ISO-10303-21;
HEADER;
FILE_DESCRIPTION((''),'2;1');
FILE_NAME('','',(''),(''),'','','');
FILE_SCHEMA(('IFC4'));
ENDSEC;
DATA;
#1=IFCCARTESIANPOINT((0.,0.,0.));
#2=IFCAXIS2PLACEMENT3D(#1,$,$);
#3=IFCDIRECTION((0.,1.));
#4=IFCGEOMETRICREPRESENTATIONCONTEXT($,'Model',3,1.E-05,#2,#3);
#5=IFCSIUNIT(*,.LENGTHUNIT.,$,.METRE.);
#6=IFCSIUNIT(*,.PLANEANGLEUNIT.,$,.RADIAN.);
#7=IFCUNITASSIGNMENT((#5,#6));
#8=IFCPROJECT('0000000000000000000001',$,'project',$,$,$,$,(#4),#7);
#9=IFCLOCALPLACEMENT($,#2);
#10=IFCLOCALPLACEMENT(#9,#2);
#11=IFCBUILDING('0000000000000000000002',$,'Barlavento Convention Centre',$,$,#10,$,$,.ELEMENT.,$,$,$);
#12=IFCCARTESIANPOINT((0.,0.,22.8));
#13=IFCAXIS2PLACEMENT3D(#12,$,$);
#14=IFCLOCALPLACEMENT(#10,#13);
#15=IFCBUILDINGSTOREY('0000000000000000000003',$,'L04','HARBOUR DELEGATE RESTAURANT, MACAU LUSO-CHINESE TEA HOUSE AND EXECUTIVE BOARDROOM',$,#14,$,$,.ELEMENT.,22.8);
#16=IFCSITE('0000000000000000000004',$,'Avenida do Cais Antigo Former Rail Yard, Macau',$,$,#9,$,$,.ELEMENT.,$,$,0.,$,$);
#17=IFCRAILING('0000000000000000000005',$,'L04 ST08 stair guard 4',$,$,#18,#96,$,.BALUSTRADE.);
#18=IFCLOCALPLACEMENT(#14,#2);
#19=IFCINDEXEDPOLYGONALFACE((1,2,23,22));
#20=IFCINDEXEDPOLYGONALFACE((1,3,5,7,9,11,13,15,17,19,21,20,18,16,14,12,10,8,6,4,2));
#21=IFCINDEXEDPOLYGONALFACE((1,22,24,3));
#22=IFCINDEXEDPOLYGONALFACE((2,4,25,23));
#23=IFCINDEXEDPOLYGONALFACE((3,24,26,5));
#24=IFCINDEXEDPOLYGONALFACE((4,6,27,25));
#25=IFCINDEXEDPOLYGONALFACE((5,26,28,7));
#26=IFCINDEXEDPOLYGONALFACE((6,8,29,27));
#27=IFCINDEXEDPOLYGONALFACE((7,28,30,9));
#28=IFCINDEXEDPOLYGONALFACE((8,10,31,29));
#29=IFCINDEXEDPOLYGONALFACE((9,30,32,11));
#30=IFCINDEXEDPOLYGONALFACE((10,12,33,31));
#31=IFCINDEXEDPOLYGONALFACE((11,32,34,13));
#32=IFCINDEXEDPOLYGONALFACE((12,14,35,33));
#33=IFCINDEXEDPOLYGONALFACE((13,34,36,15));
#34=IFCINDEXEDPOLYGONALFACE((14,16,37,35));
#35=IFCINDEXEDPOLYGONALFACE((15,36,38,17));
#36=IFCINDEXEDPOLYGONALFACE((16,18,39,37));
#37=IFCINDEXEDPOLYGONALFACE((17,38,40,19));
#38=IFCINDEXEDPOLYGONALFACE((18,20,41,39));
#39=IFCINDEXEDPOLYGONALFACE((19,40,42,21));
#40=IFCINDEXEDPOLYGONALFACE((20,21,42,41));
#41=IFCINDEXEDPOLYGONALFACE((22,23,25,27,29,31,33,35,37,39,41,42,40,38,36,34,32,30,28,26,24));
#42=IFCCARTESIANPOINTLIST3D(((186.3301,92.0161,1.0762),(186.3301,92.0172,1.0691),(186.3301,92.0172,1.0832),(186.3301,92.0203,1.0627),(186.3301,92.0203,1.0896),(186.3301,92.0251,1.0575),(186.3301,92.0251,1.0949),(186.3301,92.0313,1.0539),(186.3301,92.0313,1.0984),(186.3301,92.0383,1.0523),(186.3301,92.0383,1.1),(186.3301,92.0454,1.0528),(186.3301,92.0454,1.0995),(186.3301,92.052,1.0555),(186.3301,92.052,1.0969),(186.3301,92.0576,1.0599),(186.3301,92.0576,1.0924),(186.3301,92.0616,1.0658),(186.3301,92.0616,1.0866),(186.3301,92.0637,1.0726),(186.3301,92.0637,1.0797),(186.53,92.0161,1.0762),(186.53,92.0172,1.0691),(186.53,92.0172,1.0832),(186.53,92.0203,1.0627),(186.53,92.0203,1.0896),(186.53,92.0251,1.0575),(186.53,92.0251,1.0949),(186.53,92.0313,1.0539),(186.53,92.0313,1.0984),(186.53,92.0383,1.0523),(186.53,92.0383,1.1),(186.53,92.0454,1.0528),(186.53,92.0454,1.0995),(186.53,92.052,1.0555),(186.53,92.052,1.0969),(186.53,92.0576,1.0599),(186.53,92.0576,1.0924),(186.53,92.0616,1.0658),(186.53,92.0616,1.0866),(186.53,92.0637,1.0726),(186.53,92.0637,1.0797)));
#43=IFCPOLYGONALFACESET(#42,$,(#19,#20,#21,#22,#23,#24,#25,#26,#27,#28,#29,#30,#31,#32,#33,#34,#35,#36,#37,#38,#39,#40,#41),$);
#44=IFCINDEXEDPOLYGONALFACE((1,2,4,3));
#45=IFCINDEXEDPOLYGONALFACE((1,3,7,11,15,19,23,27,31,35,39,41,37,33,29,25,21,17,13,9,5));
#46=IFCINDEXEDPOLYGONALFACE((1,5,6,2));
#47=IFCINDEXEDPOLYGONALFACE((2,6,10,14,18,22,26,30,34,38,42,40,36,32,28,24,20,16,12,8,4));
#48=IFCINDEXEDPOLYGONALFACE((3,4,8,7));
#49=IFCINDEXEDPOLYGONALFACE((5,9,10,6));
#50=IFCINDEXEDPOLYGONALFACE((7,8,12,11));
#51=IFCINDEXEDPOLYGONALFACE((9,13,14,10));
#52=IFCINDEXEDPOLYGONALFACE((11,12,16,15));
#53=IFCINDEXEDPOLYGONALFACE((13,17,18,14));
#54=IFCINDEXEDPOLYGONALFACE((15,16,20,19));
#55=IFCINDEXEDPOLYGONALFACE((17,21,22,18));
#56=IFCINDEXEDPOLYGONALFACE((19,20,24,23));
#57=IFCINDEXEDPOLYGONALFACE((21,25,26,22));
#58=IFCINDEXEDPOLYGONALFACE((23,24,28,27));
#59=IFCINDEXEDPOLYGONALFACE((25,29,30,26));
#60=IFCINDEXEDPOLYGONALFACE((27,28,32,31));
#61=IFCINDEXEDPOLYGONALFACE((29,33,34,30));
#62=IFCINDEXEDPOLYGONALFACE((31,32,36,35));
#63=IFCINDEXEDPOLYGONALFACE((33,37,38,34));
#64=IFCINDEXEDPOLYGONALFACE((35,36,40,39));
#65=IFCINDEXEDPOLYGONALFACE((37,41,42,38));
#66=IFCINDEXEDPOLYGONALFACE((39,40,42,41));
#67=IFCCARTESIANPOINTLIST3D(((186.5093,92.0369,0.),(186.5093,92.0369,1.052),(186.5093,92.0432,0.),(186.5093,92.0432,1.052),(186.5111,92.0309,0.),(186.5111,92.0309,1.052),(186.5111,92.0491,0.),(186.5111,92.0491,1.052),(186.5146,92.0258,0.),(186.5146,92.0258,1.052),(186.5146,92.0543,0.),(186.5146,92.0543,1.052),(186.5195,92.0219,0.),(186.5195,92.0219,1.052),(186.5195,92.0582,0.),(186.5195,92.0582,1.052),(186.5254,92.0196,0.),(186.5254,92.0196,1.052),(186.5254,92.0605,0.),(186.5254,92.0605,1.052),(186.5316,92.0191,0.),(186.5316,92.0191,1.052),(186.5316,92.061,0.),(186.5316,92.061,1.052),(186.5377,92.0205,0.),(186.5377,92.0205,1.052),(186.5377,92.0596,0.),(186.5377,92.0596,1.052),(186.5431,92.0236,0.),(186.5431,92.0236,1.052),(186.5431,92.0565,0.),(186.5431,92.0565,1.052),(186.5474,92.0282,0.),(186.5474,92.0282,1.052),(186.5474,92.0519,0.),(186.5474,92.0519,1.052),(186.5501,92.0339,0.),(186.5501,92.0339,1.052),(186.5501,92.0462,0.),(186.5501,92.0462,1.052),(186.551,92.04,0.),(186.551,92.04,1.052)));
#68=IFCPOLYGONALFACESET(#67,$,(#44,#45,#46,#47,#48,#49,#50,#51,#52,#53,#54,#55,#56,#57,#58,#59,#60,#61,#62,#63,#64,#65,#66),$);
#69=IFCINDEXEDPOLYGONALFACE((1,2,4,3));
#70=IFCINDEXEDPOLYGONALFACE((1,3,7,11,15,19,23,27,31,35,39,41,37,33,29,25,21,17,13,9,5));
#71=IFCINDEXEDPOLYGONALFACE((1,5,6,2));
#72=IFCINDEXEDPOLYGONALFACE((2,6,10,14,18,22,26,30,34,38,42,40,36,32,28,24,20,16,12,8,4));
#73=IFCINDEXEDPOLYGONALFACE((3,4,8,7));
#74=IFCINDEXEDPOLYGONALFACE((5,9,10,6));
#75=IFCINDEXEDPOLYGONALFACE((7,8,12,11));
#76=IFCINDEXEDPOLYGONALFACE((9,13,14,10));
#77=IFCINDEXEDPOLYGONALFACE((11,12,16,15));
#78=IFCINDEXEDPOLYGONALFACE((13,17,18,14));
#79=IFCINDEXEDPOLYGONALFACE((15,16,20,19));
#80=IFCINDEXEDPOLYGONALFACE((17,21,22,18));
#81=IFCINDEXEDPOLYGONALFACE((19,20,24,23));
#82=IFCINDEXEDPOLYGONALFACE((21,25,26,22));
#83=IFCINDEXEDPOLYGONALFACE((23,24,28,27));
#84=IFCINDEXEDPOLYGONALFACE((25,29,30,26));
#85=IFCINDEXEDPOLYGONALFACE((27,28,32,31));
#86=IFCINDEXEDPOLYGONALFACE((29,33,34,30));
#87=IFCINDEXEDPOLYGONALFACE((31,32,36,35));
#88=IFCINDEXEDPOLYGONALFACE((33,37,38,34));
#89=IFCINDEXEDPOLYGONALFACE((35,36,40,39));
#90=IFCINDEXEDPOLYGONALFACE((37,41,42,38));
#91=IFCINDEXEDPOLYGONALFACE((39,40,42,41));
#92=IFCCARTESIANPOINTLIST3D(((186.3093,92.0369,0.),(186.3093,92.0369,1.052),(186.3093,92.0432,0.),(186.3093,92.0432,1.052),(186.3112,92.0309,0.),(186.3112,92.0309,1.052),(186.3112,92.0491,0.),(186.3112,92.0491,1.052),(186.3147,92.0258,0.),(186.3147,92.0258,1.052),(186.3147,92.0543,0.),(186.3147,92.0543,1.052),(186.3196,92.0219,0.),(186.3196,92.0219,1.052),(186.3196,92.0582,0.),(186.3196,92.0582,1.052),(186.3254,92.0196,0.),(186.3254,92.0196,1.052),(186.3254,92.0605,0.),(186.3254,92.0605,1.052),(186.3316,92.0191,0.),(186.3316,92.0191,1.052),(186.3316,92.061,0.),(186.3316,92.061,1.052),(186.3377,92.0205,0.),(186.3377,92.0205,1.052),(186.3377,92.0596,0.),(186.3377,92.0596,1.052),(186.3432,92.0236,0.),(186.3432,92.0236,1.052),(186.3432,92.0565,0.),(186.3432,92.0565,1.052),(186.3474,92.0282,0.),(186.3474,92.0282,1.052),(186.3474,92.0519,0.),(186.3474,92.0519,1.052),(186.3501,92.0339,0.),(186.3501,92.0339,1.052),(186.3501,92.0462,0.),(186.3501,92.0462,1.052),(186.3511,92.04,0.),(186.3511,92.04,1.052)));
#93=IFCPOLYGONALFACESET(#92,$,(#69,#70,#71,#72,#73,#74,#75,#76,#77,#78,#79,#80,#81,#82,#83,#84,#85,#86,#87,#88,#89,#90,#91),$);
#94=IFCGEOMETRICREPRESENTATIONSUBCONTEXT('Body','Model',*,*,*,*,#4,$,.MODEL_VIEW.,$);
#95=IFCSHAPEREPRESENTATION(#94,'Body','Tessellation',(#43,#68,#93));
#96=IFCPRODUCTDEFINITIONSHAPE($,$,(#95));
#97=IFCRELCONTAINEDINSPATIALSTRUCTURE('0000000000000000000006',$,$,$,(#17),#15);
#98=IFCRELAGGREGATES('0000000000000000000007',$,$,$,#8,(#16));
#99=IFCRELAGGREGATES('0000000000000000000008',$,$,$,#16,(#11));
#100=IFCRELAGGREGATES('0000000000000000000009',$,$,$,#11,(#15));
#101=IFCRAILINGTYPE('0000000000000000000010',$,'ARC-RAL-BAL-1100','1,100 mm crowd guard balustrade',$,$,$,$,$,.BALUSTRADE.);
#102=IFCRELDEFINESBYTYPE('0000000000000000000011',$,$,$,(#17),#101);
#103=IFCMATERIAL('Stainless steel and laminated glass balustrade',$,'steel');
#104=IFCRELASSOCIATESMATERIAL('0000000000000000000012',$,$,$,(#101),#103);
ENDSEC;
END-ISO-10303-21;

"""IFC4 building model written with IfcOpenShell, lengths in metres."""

from ifc_helpers import new_model, si_unit, direction, frame, origin, origin_2d, place, context, subcontext, project, spatial, circle, extrude, material, type_object, element, save


model = new_model("IFC4")

# Units and contexts
model_context = context("Model", 3, precision=1e-05, world=origin(), true_north=direction((0.0, 1.0)))
body_context = subcontext(model_context, "Body", "Model", "MODEL_VIEW")
ifc_project = project(units=[si_unit("LENGTHUNIT", "METRE"), si_unit("PLANEANGLEUNIT", "RADIAN")], contexts=[model_context])

# Site, building, storey
site_placement = place(None, origin())
site = spatial("IfcSite", under=ifc_project, at=site_placement, Name="Avenida do Cais Antigo Former Rail Yard, Macau", CompositionType="ELEMENT", RefElevation=0.0)
building_placement = place(site_placement, origin())
building = spatial("IfcBuilding", under=site, at=building_placement, Name="Barlavento Convention Centre", CompositionType="ELEMENT")
storey_placement = place(building_placement, frame((0.0, 0.0, 22.8)))
storey = spatial("IfcBuildingStorey", under=building, at=storey_placement, Name="L04", Description="HARBOUR DELEGATE RESTAURANT, MACAU LUSO-CHINESE TEA HOUSE AND EXECUTIVE BOARDROOM", CompositionType="ELEMENT", Elevation=22.8)

# Railing
ifc_material_1 = material(Name="Stainless steel and laminated glass balustrade", Category="steel")
railing_type_1 = type_object("IfcRailingType", Name="ARC-RAL-BAL-1100", Description="1,100 mm crowd guard balustrade", PredefinedType="BALUSTRADE", material=ifc_material_1)
railing_1_placement = place(storey_placement, frame((186.53, 92.04, 0.0)))
element("IfcRailing", 1, at=railing_1_placement, inside=storey, type_object=railing_type_1, Name="L04 ST08 stair guard 4", PredefinedType="BALUSTRADE", context=body_context, shape_type="SweptSolid", body=[
    extrude(circle(Radius=0.0239, at=origin_2d()), frame((0.0, 0.0, 1.0762), z_axis=(-1.0, 0.0, 0.0), x_axis=(0.0, -1.0, 0.0)), (0.0, 0.0, 1.0), 0.2),
    extrude(circle(Radius=0.021, at=origin_2d()), origin(), (0.0, 0.0, 1.0), 1.052),
    extrude(circle(Radius=0.021, at=origin_2d()), frame((-0.2, 0.0, 0.0)), (0.0, 0.0, 1.0), 1.052),
])

save(model, "model.ifc")
